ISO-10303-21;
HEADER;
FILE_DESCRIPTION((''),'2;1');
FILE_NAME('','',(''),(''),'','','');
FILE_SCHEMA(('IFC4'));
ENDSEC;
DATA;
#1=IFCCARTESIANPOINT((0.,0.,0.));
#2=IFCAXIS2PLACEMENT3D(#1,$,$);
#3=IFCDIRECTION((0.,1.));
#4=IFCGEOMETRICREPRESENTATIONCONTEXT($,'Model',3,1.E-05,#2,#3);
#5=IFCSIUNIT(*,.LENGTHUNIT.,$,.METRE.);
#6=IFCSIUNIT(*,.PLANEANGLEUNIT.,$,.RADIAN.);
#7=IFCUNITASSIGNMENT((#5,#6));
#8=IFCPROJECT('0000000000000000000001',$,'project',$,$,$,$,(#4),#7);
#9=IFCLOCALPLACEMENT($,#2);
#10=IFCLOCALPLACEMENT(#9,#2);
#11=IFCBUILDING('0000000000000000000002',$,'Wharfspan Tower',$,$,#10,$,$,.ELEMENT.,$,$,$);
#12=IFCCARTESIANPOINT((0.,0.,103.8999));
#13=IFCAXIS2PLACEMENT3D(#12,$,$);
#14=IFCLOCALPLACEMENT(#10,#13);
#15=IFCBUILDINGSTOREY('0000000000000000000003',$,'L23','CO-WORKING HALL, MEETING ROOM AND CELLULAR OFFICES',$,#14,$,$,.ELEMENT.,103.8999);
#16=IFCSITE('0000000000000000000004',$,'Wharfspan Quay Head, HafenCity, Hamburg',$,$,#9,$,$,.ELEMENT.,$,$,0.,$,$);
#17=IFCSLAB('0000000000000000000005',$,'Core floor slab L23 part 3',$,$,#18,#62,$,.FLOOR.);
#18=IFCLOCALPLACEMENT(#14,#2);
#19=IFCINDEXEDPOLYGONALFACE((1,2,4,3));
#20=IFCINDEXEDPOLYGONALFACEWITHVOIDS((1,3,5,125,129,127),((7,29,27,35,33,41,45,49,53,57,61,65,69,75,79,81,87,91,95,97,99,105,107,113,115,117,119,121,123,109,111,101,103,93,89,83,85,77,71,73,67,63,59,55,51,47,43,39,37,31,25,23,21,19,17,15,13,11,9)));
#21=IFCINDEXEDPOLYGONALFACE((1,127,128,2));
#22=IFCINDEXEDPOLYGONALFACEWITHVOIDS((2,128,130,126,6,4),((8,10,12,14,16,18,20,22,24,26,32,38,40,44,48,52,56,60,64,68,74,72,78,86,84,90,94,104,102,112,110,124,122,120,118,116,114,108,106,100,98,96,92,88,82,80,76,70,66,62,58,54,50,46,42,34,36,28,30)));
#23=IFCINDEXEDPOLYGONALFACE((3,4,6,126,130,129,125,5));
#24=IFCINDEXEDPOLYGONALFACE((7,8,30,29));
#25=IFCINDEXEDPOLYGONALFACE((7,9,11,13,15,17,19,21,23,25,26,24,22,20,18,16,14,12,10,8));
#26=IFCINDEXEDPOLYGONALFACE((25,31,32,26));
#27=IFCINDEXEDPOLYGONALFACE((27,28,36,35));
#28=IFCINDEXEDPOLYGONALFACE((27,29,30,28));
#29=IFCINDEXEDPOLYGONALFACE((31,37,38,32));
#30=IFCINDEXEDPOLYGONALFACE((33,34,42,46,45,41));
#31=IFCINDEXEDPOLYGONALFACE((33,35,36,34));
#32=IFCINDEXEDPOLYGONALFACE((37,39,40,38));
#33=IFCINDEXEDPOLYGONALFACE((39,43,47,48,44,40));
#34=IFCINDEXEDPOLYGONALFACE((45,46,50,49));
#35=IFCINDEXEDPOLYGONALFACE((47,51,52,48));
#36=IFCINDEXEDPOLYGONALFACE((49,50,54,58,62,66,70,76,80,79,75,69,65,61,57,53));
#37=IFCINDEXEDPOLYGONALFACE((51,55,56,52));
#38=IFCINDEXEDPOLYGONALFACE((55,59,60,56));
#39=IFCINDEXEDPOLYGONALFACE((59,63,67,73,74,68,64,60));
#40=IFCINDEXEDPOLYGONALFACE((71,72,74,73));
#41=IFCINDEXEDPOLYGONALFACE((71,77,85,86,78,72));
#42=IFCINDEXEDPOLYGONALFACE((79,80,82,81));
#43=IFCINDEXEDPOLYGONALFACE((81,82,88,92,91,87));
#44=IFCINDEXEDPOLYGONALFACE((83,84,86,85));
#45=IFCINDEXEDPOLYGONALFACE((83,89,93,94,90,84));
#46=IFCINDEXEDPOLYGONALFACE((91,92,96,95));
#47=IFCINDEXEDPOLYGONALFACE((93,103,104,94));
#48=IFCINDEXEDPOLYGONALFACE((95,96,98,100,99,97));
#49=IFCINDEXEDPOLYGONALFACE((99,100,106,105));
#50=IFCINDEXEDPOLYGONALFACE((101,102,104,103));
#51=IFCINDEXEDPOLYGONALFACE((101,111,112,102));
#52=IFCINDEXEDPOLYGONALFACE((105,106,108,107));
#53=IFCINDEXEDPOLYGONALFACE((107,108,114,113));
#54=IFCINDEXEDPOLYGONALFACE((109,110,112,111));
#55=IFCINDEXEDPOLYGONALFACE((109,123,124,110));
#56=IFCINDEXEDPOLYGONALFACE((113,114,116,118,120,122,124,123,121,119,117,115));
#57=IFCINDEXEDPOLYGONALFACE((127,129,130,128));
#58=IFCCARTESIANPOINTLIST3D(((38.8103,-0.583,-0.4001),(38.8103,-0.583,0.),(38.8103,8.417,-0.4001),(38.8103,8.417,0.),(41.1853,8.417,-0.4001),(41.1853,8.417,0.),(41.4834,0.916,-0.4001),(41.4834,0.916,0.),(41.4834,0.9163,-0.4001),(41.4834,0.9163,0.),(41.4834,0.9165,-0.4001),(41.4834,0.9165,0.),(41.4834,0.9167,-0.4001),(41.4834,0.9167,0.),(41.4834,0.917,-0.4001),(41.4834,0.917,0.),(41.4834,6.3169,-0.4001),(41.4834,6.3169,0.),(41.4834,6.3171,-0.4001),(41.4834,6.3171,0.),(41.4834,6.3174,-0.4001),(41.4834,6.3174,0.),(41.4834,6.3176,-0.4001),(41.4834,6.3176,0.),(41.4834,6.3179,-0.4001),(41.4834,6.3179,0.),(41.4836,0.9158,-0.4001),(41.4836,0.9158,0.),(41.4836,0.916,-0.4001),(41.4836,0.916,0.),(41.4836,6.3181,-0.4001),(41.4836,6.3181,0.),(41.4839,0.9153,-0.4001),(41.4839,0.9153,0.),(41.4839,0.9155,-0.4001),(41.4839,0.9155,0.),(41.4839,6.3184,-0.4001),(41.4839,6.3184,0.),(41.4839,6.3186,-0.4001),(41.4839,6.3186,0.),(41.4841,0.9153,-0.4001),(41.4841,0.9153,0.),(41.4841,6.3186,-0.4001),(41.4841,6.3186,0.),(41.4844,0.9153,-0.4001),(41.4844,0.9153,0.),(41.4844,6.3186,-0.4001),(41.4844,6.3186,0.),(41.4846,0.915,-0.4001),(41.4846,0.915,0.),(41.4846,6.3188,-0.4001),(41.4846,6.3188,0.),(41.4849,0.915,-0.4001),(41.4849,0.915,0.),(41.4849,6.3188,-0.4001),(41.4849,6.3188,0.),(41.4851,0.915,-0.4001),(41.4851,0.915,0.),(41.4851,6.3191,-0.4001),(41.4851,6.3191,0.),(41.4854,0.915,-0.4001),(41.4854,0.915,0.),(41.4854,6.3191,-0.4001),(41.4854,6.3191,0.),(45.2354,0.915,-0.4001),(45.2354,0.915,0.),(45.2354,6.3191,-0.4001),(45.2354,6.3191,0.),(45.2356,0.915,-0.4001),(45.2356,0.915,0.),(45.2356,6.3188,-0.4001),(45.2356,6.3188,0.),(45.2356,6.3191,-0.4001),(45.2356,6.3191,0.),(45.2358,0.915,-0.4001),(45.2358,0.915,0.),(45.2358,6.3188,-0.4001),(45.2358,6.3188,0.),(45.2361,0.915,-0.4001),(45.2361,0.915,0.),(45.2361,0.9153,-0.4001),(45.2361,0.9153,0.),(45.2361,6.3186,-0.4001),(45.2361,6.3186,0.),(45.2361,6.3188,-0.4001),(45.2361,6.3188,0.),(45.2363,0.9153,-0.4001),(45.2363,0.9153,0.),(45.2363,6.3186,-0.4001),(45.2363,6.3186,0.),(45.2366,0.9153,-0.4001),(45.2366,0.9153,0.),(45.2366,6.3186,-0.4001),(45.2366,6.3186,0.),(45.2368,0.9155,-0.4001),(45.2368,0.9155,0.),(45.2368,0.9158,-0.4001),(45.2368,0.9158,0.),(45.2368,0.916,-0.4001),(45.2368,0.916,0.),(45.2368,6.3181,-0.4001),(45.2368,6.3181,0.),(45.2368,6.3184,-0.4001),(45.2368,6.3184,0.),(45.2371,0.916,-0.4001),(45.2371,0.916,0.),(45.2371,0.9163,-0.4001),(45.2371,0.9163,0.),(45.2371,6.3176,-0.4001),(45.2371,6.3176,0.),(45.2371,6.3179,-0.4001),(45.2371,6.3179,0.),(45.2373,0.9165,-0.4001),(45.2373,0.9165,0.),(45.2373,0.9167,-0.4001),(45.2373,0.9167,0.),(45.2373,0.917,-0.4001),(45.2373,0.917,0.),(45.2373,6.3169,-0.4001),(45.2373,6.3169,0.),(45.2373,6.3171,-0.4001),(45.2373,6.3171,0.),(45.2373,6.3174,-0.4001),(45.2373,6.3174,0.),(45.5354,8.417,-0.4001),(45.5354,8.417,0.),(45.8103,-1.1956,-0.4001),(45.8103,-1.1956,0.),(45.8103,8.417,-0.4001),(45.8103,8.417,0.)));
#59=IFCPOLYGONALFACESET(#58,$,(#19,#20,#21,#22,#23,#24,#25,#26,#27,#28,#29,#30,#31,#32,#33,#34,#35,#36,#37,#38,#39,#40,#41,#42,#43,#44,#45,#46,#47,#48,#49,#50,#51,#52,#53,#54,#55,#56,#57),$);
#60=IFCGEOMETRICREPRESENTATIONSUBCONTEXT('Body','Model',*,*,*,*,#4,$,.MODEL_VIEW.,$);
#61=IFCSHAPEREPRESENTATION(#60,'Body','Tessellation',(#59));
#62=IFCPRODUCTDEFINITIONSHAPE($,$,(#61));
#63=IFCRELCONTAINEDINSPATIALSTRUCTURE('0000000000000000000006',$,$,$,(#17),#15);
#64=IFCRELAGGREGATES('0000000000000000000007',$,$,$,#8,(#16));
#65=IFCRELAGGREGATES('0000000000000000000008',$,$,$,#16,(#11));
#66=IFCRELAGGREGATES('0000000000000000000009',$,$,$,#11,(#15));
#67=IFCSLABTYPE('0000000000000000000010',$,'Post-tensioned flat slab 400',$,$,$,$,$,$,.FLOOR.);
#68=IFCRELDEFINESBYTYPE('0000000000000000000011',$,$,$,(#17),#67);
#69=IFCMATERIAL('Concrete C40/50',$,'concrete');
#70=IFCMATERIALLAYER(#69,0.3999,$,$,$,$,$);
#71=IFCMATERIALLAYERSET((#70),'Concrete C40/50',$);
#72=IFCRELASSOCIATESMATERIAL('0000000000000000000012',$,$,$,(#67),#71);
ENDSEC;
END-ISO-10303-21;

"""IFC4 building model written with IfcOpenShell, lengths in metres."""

from ifc_helpers import new_model, si_unit, direction, frame, origin, place, context, subcontext, project, spatial, polyline, outline, extrude, material, layer, layer_set, type_object, element, save


model = new_model("IFC4")

# Units and contexts
model_context = context("Model", 3, precision=1e-05, world=origin(), true_north=direction((0.0, 1.0)))
body_context = subcontext(model_context, "Body", "Model", "MODEL_VIEW")
ifc_project = project(units=[si_unit("LENGTHUNIT", "METRE"), si_unit("PLANEANGLEUNIT", "RADIAN")], contexts=[model_context])

# Site, building, storey
site_placement = place(None, origin())
site = spatial("IfcSite", under=ifc_project, at=site_placement, Name="Wharfspan Quay Head, HafenCity, Hamburg", CompositionType="ELEMENT", RefElevation=0.0)
building_placement = place(site_placement, origin())
building = spatial("IfcBuilding", under=site, at=building_placement, Name="Wharfspan Tower", CompositionType="ELEMENT")
storey_placement = place(building_placement, frame((0.0, 0.0, 103.8999)))
storey = spatial("IfcBuildingStorey", under=building, at=storey_placement, Name="L23", Description="CO-WORKING HALL, MEETING ROOM AND CELLULAR OFFICES", CompositionType="ELEMENT", Elevation=103.8999)

# Slab
ifc_material_1 = material(Name="Concrete C40/50", Category="concrete")
ifc_layer_1 = layer(ifc_material_1, 0.3999)
ifc_layer_set_1 = layer_set([ifc_layer_1], Name="Concrete C40/50")
slab_type_1 = type_object("IfcSlabType", Name="Post-tensioned flat slab 400", PredefinedType="FLOOR", material=ifc_layer_set_1)
slab_1_placement = place(storey_placement, frame((0.0, 0.0, -0.4001)))
element("IfcSlab", 1, at=slab_1_placement, inside=storey, type_object=slab_type_1, Name="Core floor slab L23 part 3", PredefinedType="FLOOR", context=body_context, shape_type="SweptSolid", body=[
    extrude(outline(polyline([(45.5354, 8.417), (41.1853, 8.417), (38.8103, 8.417), (38.8103, -0.583), (45.8103, -1.1956), (45.8103, 8.417), (45.5354, 8.417)]), holes=[polyline([(41.4834, 6.3169), (41.4834, 6.3171), (41.4834, 6.3174), (41.4834, 6.3174), (41.4834, 6.3176), (41.4834, 6.3179), (41.4836, 6.3181), (41.4836, 6.3181), (41.4839, 6.3184), (41.4839, 6.3186), (41.4841, 6.3186), (41.4844, 6.3186), (41.4846, 6.3188), (41.4846, 6.3188), (41.4849, 6.3188), (41.4851, 6.3191), (41.4854, 6.3191), (45.2354, 6.3191), (45.2356, 6.3191), (45.2356, 6.3188), (45.2358, 6.3188), (45.2361, 6.3188), (45.2361, 6.3186), (45.2363, 6.3186), (45.2366, 6.3186), (45.2368, 6.3184), (45.2368, 6.3181), (45.2368, 6.3181), (45.2371, 6.3179), (45.2371, 6.3176), (45.2373, 6.3174), (45.2373, 6.3174), (45.2373, 6.3171), (45.2373, 6.3169), (45.2373, 0.917), (45.2373, 0.9167), (45.2373, 0.9165), (45.2373, 0.9165), (45.2371, 0.9163), (45.2371, 0.916), (45.2368, 0.916), (45.2368, 0.9158), (45.2368, 0.9155), (45.2366, 0.9153), (45.2363, 0.9153), (45.2361, 0.9153), (45.2361, 0.915), (45.2358, 0.915), (45.2356, 0.915), (45.2356, 0.915), (45.2354, 0.915), (41.4854, 0.915), (41.4851, 0.915), (41.4849, 0.915), (41.4846, 0.915), (41.4846, 0.915), (41.4844, 0.9153), (41.4841, 0.9153), (41.4839, 0.9153), (41.4839, 0.9155), (41.4836, 0.9158), (41.4836, 0.916), (41.4834, 0.916), (41.4834, 0.9163), (41.4834, 0.9165), (41.4834, 0.9165), (41.4834, 0.9167), (41.4834, 0.917), (41.4834, 6.3169)])]), origin(), (0.0, 0.0, 1.0), 0.4001),
])

save(model, "model.ifc")
